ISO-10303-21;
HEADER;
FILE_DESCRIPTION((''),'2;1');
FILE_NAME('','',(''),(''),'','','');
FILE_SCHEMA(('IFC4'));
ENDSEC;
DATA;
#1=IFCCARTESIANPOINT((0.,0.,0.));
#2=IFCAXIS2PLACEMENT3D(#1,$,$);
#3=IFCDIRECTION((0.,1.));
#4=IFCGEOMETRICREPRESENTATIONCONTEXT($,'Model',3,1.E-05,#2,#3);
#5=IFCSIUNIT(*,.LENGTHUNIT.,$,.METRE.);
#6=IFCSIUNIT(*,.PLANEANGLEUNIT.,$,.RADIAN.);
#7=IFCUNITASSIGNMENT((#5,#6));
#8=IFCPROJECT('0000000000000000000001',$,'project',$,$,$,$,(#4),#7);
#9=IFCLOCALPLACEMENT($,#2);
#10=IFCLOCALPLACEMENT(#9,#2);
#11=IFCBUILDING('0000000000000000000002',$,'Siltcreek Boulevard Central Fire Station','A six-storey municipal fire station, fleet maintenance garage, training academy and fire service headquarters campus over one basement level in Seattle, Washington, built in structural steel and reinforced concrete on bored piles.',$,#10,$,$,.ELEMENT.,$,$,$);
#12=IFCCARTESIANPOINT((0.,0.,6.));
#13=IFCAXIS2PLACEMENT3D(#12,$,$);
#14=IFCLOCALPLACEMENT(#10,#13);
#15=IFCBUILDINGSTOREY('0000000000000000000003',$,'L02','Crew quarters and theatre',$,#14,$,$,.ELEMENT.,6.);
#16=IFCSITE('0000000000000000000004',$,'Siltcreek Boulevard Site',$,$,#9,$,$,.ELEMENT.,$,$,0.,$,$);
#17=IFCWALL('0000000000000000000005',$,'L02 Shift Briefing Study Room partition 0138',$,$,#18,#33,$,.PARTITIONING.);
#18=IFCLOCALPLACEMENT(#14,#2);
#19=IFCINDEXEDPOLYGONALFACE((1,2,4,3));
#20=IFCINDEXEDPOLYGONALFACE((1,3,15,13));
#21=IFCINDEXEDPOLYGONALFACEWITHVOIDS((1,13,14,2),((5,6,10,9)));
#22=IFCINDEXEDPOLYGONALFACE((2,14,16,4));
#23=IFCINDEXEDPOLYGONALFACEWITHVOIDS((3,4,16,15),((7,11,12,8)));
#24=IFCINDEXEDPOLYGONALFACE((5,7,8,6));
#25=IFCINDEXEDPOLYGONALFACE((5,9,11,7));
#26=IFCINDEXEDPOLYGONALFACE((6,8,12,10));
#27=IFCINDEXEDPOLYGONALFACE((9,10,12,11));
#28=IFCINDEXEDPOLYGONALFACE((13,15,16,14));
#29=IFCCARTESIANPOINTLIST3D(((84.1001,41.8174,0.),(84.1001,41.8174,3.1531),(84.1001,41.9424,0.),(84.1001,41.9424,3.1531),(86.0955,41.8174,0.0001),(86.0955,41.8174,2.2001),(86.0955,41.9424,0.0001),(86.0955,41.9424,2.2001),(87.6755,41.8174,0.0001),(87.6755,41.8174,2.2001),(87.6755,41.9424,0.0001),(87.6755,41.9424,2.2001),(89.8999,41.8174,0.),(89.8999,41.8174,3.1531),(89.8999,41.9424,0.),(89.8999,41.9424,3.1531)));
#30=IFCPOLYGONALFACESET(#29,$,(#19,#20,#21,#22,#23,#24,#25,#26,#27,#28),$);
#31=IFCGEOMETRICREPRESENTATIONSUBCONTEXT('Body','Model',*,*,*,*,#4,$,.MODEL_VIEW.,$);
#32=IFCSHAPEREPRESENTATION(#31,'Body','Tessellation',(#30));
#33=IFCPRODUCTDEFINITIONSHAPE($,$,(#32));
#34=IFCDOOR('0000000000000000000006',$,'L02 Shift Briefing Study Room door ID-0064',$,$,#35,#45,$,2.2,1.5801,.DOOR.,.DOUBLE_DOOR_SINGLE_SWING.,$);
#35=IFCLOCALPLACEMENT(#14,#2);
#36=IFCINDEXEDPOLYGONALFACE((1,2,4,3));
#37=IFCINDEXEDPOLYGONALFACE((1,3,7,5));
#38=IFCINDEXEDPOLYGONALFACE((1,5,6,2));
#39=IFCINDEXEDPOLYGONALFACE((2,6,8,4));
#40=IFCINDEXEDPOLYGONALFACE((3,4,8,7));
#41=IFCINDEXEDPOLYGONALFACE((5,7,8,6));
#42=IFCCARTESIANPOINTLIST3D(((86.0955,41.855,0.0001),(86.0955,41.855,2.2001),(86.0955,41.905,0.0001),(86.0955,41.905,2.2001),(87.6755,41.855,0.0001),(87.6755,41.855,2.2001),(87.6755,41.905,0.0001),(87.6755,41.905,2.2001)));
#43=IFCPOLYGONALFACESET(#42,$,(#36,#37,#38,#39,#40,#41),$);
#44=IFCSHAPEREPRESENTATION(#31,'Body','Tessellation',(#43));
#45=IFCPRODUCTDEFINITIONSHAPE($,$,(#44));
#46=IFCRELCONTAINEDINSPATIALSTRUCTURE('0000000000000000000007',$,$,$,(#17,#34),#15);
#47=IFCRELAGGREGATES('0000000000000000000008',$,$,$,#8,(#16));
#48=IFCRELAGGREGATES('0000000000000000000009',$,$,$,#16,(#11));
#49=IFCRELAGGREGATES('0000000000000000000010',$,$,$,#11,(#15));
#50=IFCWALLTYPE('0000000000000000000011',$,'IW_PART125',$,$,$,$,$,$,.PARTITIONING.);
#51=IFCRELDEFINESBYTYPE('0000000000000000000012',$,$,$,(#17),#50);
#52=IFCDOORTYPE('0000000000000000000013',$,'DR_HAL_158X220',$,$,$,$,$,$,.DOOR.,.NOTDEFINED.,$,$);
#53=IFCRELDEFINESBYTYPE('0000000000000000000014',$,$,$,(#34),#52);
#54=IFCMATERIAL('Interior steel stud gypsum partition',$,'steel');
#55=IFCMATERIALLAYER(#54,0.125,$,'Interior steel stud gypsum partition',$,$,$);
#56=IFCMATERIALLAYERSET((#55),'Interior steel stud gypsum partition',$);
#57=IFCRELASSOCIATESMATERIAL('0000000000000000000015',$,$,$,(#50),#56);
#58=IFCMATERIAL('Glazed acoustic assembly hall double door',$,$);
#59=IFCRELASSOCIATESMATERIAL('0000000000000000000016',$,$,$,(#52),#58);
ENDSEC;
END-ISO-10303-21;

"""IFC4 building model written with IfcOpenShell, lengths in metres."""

from ifc_helpers import new_model, si_unit, direction, frame, frame_2d, origin, place, context, subcontext, project, spatial, rectangle, extrude, material, layer, layer_set, type_object, element, fill, save


model = new_model("IFC4")

# Units and contexts
model_context = context("Model", 3, precision=1e-05, world=origin(), true_north=direction((0.0, 1.0)))
body_context = subcontext(model_context, "Body", "Model", "MODEL_VIEW")
ifc_project = project(units=[si_unit("LENGTHUNIT", "METRE"), si_unit("PLANEANGLEUNIT", "RADIAN")], contexts=[model_context])

# Site, building, storey
site_placement = place(None, origin())
site = spatial("IfcSite", under=ifc_project, at=site_placement, Name="Siltcreek Boulevard Site", CompositionType="ELEMENT", RefElevation=0.0)
building_placement = place(site_placement, origin())
building = spatial("IfcBuilding", under=site, at=building_placement, Name="Siltcreek Boulevard Central Fire Station", Description="A six-storey municipal fire station, fleet maintenance garage, training academy and fire service headquarters campus over one basement level in Seattle, Washington, built in structural steel and reinforced concrete on bored piles.", CompositionType="ELEMENT")
storey_placement = place(building_placement, frame((0.0, 0.0, 6.0)))
storey = spatial("IfcBuildingStorey", under=building, at=storey_placement, Name="L02", Description="Crew quarters and theatre", CompositionType="ELEMENT", Elevation=6.0)

# Wall, opening, door
ifc_material_1 = material(Name="Interior steel stud gypsum partition", Category="steel")
ifc_layer_1 = layer(ifc_material_1, 0.125, Name="Interior steel stud gypsum partition")
ifc_layer_set_1 = layer_set([ifc_layer_1], Name="Interior steel stud gypsum partition")
wall_type_1 = type_object("IfcWallType", Name="IW_PART125", PredefinedType="PARTITIONING", material=ifc_layer_set_1)
wall_1_placement = place(storey_placement, frame((84.1001, 41.8799, 0.0), z_axis=(0.0, 0.0, 1.0), x_axis=(1.0, 0.0, 0.0)))
wall_1 = element("IfcWall", 1, at=wall_1_placement, inside=storey, type_object=wall_type_1, Name="L02 Shift Briefing Study Room partition 0138", PredefinedType="PARTITIONING", context=body_context, shape_type="SweptSolid", body=[
    extrude(rectangle(XDim=5.7998, YDim=0.125, at=frame_2d((2.8999, 0.0))), origin(), (0.0, 0.0, 1.0), 3.1531),
])
opening_1_placement = place(wall_1_placement, frame((1.9954, 0.0, 0.0)))
opening_1 = element("IfcOpeningElement", 2, at=opening_1_placement, cuts=wall_1, PredefinedType="OPENING", context=body_context, shape_type="SweptSolid", body=[
    extrude(rectangle(XDim=1.5801, YDim=2.2, at=frame_2d((0.79, 1.1001))), frame((0.0, 0.0725, 0.0), z_axis=(0.0, -1.0, 0.0), x_axis=(1.0, 0.0, 0.0)), (0.0, 0.0, 1.0), 0.145),
])
ifc_material_2 = material(Name="Glazed acoustic assembly hall double door")
door_type_1 = type_object("IfcDoorType", Name="DR_HAL_158X220", OperationType="NOTDEFINED", PredefinedType="DOOR", material=ifc_material_2)
door_1_placement = place(opening_1_placement, frame((1.5801, 0.0, 0.0), z_axis=(0.0, 0.0, 1.0), x_axis=(-1.0, 0.0, 0.0)))
door_1 = element("IfcDoor", 3, at=door_1_placement, inside=storey, type_object=door_type_1, Name="L02 Shift Briefing Study Room door ID-0064", OperationType="DOUBLE_DOOR_SINGLE_SWING", OverallHeight=2.2, OverallWidth=1.5801, PredefinedType="DOOR", context=body_context, shape_type="SweptSolid", body=[
    extrude(rectangle(XDim=1.5801, YDim=2.2, at=frame_2d((0.79, 1.1001))), frame((0.0, 0.0249, 0.0), z_axis=(0.0, -1.0, 0.0), x_axis=(1.0, 0.0, 0.0)), (0.0, 0.0, 1.0), 0.05),
])
fill(opening_1, door_1)

save(model, "model.ifc")
